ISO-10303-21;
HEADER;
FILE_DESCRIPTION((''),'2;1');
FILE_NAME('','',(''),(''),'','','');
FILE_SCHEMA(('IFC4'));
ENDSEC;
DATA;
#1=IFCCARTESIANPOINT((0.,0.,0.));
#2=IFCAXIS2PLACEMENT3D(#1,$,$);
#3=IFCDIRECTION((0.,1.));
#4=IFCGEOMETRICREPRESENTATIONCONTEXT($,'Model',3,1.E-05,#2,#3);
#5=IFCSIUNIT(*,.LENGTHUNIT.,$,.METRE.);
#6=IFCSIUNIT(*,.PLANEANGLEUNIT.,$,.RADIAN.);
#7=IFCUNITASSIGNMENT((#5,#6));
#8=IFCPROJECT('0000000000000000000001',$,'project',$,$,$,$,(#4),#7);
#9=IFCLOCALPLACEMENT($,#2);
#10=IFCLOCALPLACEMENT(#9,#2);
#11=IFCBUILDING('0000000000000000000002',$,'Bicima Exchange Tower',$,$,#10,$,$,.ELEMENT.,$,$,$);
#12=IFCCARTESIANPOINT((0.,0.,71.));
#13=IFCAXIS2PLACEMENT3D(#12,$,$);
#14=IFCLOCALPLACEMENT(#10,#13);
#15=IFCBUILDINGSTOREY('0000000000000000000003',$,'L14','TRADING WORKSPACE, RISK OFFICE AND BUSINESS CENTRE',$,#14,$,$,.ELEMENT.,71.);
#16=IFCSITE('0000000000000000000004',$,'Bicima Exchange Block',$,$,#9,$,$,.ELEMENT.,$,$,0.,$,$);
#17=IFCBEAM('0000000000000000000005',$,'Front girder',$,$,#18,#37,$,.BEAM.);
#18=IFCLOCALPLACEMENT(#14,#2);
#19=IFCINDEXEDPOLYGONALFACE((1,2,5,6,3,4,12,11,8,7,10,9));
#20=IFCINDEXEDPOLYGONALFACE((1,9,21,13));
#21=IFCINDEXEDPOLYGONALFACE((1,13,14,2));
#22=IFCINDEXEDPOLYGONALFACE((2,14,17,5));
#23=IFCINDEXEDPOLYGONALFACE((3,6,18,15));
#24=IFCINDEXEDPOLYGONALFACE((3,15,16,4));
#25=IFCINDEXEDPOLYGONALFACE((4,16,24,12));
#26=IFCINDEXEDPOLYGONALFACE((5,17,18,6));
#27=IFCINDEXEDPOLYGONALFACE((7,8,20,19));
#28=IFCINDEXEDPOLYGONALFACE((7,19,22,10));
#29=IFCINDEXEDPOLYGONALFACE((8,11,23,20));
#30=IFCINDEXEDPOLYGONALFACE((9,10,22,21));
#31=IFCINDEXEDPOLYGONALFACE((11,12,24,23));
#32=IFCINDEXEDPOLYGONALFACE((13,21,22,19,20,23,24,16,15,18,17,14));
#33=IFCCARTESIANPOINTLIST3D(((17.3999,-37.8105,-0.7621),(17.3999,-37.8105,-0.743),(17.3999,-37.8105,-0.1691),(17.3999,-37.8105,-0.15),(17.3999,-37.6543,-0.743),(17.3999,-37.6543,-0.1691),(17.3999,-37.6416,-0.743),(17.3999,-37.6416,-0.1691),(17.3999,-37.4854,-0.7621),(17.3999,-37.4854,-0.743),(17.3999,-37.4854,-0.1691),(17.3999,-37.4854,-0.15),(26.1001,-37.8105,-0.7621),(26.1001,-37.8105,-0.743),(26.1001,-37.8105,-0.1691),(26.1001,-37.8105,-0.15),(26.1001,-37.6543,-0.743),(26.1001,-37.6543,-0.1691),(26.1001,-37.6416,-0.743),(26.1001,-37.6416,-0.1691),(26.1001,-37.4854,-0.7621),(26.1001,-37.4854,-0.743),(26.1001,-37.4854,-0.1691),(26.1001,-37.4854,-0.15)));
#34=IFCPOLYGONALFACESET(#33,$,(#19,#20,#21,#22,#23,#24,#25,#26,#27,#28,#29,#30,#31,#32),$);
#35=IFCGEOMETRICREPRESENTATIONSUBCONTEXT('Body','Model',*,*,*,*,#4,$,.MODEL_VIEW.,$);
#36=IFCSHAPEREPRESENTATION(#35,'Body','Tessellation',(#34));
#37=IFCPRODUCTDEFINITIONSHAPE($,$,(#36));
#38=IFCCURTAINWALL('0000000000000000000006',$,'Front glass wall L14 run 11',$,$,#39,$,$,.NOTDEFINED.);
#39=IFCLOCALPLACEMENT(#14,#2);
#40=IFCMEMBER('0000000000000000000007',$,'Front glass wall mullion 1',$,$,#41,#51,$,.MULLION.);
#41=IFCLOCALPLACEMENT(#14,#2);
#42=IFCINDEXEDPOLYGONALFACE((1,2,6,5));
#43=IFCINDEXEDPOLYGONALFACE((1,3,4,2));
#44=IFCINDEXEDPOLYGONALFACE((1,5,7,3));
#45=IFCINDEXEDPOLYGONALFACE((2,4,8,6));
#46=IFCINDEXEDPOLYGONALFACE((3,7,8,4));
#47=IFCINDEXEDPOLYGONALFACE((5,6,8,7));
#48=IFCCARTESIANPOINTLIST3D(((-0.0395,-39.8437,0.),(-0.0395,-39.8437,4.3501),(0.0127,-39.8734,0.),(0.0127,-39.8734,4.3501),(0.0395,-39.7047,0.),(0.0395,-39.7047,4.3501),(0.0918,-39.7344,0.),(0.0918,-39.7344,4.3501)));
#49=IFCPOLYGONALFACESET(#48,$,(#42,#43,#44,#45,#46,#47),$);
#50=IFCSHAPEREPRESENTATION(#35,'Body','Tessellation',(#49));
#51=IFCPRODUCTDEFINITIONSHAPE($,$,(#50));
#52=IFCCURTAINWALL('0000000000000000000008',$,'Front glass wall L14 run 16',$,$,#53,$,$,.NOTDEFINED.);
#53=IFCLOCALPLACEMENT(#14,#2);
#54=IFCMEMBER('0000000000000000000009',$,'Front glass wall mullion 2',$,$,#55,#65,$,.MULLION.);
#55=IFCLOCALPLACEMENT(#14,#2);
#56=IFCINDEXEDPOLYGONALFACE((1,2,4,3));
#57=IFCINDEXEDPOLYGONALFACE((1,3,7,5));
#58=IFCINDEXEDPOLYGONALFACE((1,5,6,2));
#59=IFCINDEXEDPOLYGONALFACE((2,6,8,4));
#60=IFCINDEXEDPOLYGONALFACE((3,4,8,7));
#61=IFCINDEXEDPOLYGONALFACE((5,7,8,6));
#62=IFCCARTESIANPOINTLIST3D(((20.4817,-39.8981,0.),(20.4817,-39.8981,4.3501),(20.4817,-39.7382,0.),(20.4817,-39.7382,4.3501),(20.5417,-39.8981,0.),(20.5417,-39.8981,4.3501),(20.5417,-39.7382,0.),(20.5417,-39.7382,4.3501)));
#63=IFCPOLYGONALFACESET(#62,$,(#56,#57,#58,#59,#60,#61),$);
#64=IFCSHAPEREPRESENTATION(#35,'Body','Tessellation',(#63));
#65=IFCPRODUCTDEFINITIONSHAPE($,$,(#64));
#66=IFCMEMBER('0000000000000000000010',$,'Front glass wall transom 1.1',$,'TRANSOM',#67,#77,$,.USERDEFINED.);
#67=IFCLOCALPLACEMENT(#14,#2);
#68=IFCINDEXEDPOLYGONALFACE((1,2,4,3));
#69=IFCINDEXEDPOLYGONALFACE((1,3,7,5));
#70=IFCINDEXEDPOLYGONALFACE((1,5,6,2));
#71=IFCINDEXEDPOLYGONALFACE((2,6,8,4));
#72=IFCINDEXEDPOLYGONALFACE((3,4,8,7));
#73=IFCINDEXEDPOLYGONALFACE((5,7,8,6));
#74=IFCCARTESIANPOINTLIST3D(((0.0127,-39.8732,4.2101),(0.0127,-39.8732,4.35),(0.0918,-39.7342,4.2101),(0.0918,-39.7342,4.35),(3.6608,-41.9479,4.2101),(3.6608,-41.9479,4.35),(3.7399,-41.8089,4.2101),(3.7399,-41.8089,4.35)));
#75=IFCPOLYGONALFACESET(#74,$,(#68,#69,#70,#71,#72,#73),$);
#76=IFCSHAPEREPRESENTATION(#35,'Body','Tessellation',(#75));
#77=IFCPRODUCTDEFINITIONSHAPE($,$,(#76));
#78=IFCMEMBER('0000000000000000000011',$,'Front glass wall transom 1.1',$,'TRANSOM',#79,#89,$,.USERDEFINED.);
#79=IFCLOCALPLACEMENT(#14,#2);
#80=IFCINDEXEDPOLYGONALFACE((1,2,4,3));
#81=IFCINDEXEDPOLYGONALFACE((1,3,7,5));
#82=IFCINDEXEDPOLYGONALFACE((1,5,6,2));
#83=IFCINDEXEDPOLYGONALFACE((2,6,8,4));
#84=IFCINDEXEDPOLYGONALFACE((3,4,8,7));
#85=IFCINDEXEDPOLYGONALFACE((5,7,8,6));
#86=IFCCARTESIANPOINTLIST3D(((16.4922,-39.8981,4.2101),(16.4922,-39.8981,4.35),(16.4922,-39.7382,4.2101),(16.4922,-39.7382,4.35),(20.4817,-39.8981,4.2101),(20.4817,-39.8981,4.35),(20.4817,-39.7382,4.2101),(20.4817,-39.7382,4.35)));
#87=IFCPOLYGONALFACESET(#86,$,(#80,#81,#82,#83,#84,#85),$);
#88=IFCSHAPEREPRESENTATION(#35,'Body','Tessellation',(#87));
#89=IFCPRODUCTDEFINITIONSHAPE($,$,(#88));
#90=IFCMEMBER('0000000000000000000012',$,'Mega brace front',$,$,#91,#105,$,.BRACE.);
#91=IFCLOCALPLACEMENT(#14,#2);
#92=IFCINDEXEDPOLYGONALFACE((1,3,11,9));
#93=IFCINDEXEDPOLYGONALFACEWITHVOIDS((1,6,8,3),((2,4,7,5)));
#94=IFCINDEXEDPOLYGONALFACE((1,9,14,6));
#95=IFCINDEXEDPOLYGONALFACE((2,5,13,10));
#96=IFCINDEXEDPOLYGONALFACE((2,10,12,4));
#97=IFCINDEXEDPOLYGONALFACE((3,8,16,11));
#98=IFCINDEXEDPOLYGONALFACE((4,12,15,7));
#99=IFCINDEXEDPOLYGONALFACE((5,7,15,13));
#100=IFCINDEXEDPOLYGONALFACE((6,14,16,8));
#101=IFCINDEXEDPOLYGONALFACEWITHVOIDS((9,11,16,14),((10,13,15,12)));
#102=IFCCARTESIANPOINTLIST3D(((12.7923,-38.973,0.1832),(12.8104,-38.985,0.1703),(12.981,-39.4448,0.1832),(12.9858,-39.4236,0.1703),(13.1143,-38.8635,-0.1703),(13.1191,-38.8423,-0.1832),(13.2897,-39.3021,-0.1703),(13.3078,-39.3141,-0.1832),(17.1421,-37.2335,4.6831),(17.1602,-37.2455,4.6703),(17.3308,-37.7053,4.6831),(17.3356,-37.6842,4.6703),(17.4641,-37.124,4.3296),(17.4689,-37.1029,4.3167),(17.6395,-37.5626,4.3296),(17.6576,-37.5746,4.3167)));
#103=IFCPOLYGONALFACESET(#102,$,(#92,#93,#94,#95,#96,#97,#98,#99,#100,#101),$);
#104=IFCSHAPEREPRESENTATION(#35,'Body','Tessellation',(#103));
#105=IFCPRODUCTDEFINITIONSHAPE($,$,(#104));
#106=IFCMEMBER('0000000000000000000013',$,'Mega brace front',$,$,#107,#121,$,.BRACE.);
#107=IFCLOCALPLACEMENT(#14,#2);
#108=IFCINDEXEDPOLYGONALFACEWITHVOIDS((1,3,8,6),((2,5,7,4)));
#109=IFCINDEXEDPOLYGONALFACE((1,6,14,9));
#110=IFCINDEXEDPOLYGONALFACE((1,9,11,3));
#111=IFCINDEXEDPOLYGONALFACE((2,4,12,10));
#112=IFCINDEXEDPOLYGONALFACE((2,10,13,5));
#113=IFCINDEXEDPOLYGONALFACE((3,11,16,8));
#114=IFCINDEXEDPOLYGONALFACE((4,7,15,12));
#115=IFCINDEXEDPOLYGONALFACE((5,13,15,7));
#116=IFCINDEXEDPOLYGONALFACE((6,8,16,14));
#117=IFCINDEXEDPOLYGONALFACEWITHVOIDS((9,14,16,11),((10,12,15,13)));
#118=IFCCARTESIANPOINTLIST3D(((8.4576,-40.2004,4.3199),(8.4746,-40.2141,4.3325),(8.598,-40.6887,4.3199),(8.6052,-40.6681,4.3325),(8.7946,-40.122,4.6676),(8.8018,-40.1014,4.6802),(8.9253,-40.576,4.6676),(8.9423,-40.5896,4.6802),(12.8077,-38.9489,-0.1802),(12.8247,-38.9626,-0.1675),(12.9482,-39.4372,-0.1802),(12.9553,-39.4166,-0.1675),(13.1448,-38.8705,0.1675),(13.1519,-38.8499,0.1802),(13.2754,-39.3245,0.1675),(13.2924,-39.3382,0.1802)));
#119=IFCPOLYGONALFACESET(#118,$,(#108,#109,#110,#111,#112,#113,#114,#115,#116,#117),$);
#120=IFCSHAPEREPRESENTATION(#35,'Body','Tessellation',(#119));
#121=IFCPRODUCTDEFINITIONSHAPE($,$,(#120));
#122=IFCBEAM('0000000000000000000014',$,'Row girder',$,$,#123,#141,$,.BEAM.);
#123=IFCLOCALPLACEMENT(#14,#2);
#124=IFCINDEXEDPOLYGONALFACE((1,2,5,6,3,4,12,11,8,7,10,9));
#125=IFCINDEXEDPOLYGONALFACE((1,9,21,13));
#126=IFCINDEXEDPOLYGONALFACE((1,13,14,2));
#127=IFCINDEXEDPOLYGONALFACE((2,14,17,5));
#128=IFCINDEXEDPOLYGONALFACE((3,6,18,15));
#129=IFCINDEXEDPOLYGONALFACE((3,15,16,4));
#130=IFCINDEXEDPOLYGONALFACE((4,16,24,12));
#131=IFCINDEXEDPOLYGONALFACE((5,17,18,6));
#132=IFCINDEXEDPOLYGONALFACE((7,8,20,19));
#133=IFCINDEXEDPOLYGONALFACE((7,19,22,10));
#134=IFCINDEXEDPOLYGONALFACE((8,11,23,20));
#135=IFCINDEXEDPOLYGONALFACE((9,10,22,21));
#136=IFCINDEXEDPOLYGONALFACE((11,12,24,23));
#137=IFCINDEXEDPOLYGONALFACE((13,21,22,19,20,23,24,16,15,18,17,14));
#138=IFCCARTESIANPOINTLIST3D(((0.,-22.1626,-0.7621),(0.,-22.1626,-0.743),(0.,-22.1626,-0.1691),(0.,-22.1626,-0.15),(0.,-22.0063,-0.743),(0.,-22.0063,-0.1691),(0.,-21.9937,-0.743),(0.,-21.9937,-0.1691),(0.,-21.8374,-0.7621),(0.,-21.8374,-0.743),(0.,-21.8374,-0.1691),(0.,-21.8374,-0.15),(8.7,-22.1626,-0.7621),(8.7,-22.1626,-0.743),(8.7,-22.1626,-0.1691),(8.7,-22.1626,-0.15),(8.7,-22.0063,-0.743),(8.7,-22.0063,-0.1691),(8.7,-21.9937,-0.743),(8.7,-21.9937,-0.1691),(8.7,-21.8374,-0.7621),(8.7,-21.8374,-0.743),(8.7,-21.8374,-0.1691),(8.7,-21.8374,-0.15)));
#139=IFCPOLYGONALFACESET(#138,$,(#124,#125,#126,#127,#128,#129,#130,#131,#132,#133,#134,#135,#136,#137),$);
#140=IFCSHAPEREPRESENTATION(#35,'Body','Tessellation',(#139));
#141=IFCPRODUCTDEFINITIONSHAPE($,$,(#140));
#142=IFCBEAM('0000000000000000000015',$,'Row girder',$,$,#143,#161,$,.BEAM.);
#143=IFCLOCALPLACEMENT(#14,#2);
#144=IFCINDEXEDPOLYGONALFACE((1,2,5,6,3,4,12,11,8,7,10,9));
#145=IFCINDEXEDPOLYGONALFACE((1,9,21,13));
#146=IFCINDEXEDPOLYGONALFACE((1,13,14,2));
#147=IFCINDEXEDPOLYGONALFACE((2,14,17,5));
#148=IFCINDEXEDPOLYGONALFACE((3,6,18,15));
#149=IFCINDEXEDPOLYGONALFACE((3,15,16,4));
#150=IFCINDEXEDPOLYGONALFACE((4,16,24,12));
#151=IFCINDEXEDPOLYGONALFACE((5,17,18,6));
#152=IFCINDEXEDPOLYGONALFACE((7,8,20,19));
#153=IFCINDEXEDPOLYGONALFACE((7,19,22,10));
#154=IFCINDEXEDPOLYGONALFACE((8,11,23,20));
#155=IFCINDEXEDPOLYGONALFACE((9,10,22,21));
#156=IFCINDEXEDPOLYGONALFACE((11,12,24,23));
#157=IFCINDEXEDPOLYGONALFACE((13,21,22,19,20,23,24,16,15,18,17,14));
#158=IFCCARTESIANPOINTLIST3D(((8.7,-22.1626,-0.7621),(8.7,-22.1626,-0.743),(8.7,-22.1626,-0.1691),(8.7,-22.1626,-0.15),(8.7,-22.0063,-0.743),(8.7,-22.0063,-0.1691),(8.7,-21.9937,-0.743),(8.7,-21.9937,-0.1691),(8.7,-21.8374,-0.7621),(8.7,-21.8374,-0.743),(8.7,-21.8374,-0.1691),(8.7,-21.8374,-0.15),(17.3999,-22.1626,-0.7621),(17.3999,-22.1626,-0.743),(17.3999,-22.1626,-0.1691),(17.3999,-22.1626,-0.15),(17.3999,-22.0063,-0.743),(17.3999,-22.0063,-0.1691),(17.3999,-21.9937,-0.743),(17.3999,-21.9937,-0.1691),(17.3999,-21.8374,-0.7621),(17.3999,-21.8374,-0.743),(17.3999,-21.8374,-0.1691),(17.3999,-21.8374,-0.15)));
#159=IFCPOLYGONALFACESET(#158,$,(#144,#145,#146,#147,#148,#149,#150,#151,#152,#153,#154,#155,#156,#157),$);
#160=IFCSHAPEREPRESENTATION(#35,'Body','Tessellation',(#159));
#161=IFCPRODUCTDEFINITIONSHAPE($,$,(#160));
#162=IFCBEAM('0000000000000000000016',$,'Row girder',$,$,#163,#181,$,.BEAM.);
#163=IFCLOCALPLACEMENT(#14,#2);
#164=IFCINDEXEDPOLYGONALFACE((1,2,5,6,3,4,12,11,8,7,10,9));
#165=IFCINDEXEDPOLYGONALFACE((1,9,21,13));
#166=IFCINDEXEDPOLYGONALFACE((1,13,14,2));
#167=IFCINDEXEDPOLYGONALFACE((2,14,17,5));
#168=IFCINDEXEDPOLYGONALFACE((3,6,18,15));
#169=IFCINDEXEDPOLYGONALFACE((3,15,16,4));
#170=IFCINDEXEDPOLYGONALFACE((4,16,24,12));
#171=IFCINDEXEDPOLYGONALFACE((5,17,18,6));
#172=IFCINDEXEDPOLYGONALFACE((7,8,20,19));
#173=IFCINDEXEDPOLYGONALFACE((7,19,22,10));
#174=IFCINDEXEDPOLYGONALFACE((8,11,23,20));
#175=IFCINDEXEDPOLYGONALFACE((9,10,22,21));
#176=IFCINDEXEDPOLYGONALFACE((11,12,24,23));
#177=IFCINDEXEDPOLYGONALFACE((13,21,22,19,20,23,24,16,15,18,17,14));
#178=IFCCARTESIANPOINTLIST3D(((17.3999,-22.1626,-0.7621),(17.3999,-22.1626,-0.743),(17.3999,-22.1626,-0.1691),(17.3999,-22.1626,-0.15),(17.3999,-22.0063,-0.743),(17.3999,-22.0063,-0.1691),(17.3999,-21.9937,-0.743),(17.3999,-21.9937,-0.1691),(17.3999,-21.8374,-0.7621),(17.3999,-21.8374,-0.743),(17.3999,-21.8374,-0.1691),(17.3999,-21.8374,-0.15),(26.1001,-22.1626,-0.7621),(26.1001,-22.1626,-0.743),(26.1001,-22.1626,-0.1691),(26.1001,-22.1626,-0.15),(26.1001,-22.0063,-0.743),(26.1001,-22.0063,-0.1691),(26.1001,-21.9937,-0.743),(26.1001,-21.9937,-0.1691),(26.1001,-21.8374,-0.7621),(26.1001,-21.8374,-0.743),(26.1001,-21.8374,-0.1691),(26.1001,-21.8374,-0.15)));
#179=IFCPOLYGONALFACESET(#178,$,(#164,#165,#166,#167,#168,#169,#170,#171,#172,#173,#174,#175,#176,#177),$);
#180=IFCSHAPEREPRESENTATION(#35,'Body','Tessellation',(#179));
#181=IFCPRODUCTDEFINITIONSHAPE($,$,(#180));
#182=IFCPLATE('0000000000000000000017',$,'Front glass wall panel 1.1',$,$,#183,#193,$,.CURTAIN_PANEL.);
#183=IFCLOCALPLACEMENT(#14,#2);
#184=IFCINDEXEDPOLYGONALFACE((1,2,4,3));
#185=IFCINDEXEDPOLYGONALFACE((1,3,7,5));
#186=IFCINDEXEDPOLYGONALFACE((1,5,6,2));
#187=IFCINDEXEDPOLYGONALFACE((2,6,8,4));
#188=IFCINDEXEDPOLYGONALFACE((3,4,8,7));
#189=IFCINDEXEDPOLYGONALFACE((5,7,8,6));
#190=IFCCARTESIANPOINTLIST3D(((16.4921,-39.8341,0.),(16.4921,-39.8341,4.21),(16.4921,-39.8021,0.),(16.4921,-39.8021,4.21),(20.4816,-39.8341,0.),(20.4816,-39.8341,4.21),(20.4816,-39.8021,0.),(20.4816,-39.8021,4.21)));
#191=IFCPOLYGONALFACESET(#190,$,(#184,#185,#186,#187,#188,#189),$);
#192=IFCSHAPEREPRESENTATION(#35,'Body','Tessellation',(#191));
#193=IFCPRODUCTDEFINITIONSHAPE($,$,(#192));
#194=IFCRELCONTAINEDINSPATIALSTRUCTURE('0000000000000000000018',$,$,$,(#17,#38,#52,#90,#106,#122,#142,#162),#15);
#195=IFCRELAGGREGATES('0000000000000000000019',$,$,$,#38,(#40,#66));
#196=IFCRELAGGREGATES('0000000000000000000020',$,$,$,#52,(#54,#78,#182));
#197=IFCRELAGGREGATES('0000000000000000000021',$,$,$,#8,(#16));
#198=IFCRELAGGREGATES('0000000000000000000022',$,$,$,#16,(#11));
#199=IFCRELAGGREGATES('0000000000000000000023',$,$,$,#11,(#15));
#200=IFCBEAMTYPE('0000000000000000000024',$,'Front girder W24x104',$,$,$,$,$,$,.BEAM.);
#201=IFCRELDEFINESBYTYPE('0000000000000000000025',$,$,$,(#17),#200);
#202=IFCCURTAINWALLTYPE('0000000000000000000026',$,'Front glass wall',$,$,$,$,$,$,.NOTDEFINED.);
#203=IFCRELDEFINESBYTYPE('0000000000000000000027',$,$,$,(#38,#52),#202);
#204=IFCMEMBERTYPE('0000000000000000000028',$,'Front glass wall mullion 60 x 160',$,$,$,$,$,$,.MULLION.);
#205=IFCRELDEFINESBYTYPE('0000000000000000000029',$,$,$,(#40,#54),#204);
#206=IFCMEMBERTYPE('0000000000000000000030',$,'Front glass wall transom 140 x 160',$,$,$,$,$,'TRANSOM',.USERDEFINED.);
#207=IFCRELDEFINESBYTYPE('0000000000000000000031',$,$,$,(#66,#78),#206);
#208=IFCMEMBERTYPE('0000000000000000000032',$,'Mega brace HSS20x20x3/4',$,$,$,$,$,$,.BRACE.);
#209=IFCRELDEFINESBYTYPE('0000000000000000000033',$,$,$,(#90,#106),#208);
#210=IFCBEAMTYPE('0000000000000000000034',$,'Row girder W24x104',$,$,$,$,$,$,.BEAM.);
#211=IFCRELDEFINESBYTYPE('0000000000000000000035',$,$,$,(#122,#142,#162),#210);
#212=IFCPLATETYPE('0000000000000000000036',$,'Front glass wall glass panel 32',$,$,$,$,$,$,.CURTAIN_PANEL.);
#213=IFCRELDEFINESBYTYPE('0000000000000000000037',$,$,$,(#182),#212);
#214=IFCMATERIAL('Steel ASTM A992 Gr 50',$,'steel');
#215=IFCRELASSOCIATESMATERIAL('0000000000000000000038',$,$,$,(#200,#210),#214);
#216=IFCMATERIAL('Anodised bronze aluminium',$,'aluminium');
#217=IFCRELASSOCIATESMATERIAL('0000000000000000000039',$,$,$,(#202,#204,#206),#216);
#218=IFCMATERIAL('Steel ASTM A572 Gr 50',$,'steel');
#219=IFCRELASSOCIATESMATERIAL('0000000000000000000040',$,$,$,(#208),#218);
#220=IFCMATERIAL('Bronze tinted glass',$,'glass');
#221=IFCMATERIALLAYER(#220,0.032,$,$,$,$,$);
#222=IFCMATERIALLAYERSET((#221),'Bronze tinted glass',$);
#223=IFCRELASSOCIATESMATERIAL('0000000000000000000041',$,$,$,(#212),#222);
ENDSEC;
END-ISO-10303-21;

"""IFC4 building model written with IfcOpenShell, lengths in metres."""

from ifc_helpers import new_model, si_unit, direction, frame, origin, origin_2d, place, context, subcontext, project, spatial, rectangle, hollow_rectangle, i_section, extrude, material, layer, layer_set, material_profile, profile_set, type_object, element, aggregate, save


model = new_model("IFC4")

# Units and contexts
model_context = context("Model", 3, precision=1e-05, world=origin(), true_north=direction((0.0, 1.0)))
body_context = subcontext(model_context, "Body", "Model", "MODEL_VIEW")
ifc_project = project(units=[si_unit("LENGTHUNIT", "METRE"), si_unit("PLANEANGLEUNIT", "RADIAN")], contexts=[model_context])

# Site, building, storey
site_placement = place(None, origin())
site = spatial("IfcSite", under=ifc_project, at=site_placement, Name="Bicima Exchange Block", CompositionType="ELEMENT", RefElevation=0.0)
building_placement = place(site_placement, origin())
building = spatial("IfcBuilding", under=site, at=building_placement, Name="Bicima Exchange Tower", CompositionType="ELEMENT")
storey_placement = place(building_placement, frame((0.0, 0.0, 71.0)))
storey = spatial("IfcBuildingStorey", under=building, at=storey_placement, Name="L14", Description="TRADING WORKSPACE, RISK OFFICE AND BUSINESS CENTRE", CompositionType="ELEMENT", Elevation=71.0)

# Shared definitions
ifc_material_1 = material(Name="Steel ASTM A992 Gr 50", Category="steel")

# Beam
ifc_material_profile_1 = material_profile(ifc_material_1, i_section(OverallWidth=0.3252, OverallDepth=0.6121, WebThickness=0.0127, FlangeThickness=0.019, at=origin_2d()))
ifc_profile_set_1 = profile_set([ifc_material_profile_1], Name="Steel ASTM A992 Gr 50")
beam_type_1 = type_object("IfcBeamType", Name="Front girder W24x104", PredefinedType="BEAM", material=ifc_profile_set_1)
beam_1_placement = place(storey_placement, frame((17.3999, -37.6479, -0.4561), z_axis=(1.0, 0.0, 0.0), x_axis=(0.0, 1.0, 0.0)))
element("IfcBeam", 1, at=beam_1_placement, inside=storey, type_object=beam_type_1, Name="Front girder", PredefinedType="BEAM", context=body_context, shape_type="SweptSolid", body=[
    extrude(i_section(OverallWidth=0.3252, OverallDepth=0.6121, WebThickness=0.0127, FlangeThickness=0.019, at=origin_2d()), origin(), (0.0, 0.0, 1.0), 8.7002),
])

# Curtain walls, members
ifc_material_2 = material(Name="Anodised bronze aluminium", Category="aluminium")
curtain_wall_type = type_object("IfcCurtainWallType", Name="Front glass wall", PredefinedType="NOTDEFINED", material=ifc_material_2)
curtain_wall_1_placement = place(storey_placement, origin())
curtain_wall_1 = element("IfcCurtainWall", 2, at=curtain_wall_1_placement, inside=storey, type_object=curtain_wall_type, Name="Front glass wall L14 run 11", PredefinedType="NOTDEFINED")
ifc_material_profile_2 = material_profile(ifc_material_2, rectangle(XDim=0.1599, YDim=0.0601, at=origin_2d()))
ifc_profile_set_2 = profile_set([ifc_material_profile_2], Name="Anodised bronze aluminium")
member_type_1 = type_object("IfcMemberType", Name="Front glass wall mullion 60 x 160", PredefinedType="MULLION", material=ifc_profile_set_2)
member_1_placement = place(storey_placement, frame((0.0261, -39.7891, 0.0), z_axis=(0.0, 0.0, 1.0), x_axis=(0.49433, 0.869274, 0.0)))
member_1 = element("IfcMember", 3, at=member_1_placement, type_object=member_type_1, Name="Front glass wall mullion 1", PredefinedType="MULLION", context=body_context, shape_type="SweptSolid", body=[
    extrude(rectangle(XDim=0.1599, YDim=0.0601, at=origin_2d()), origin(), (0.0, 0.0, 1.0), 4.3501),
])
curtain_wall_2_placement = place(storey_placement, origin())
curtain_wall_2 = element("IfcCurtainWall", 4, at=curtain_wall_2_placement, inside=storey, type_object=curtain_wall_type, Name="Front glass wall L14 run 16", PredefinedType="NOTDEFINED")
member_2_placement = place(storey_placement, frame((20.5117, -39.8181, 0.0), z_axis=(0.0, 0.0, 1.0), x_axis=(0.0, 1.0, 0.0)))
member_2 = element("IfcMember", 5, at=member_2_placement, type_object=member_type_1, Name="Front glass wall mullion 2", PredefinedType="MULLION", context=body_context, shape_type="SweptSolid", body=[
    extrude(rectangle(XDim=0.1599, YDim=0.0601, at=origin_2d()), origin(), (0.0, 0.0, 1.0), 4.3501),
])

# Members
ifc_material_profile_3 = material_profile(ifc_material_2, rectangle(XDim=0.1599, YDim=0.1399, at=origin_2d()))
ifc_profile_set_3 = profile_set([ifc_material_profile_3], Name="Anodised bronze aluminium")
member_type_2 = type_object("IfcMemberType", Name="Front glass wall transom 140 x 160", ElementType="TRANSOM", PredefinedType="USERDEFINED", material=ifc_profile_set_3)
member_3_placement = place(storey_placement, frame((0.0522, -39.8037, 4.28), z_axis=(0.869265, -0.494346, 0.0), x_axis=(0.494346, 0.869265, 0.0)))
member_3 = element("IfcMember", 6, at=member_3_placement, type_object=member_type_2, Name="Front glass wall transom 1.1", ObjectType="TRANSOM", PredefinedType="USERDEFINED", context=body_context, shape_type="SweptSolid", body=[
    extrude(rectangle(XDim=0.1599, YDim=0.1399, at=origin_2d()), origin(), (0.0, 0.0, 1.0), 4.1968),
])
aggregate(curtain_wall_1, [member_1, member_3])
member_4_placement = place(storey_placement, frame((16.4922, -39.8181, 4.28), z_axis=(1.0, 0.0, 0.0), x_axis=(0.0, 1.0, 0.0)))
member_4 = element("IfcMember", 7, at=member_4_placement, type_object=member_type_2, Name="Front glass wall transom 1.1", ObjectType="TRANSOM", PredefinedType="USERDEFINED", context=body_context, shape_type="SweptSolid", body=[
    extrude(rectangle(XDim=0.1599, YDim=0.1399, at=origin_2d()), origin(), (0.0, 0.0, 1.0), 3.9895),
])

# Members
ifc_material_3 = material(Name="Steel ASTM A572 Gr 50", Category="steel")
ifc_material_profile_4 = material_profile(ifc_material_3, hollow_rectangle(XDim=0.5081, YDim=0.5081, WallThickness=0.0178, at=origin_2d()))
ifc_profile_set_4 = profile_set([ifc_material_profile_4], Name="Steel ASTM A572 Gr 50")
member_type_3 = type_object("IfcMemberType", Name="Mega brace HSS20x20x3/4", PredefinedType="BRACE", material=ifc_profile_set_4)
member_5_placement = place(storey_placement, frame((13.05, -39.1436, 0.0), z_axis=(0.669628, 0.267783, 0.692742), x_axis=(-0.37131, 0.928509, 0.0)))
element("IfcMember", 8, at=member_5_placement, inside=storey, type_object=member_type_3, Name="Mega brace front", PredefinedType="BRACE", context=body_context, shape_type="SweptSolid", body=[
    extrude(hollow_rectangle(XDim=0.5081, YDim=0.5081, WallThickness=0.0178, at=origin_2d()), origin(), (0.0, 0.0, 1.0), 6.4958),
])
member_6_placement = place(storey_placement, frame((13.05, -39.1436, 0.0), z_axis=(-0.68154, -0.19607, 0.705025), x_axis=(0.276473, -0.961022, 0.0)))
element("IfcMember", 9, at=member_6_placement, inside=storey, type_object=member_type_3, Name="Mega brace front", PredefinedType="BRACE", context=body_context, shape_type="SweptSolid", body=[
    extrude(hollow_rectangle(XDim=0.5081, YDim=0.5081, WallThickness=0.0178, at=origin_2d()), origin(), (0.0, 0.0, 1.0), 6.3828),
])

# Beams
beam_type_2 = type_object("IfcBeamType", Name="Row girder W24x104", PredefinedType="BEAM", material=ifc_profile_set_1)
for number, where, z_axis, x_axis, name in (
    (10, (0.0, -22.0, -0.4561), (1.0, 0.0, 0.0), (0.0, 1.0, 0.0), "Row girder"),
    (11, (8.7, -22.0, -0.4561), (1.0, 0.0, 0.0), (0.0, 1.0, 0.0), "Row girder"),
):
    element("IfcBeam", number, at=place(storey_placement, frame(where, z_axis=z_axis, x_axis=x_axis)), inside=storey, type_object=beam_type_2, Name=name, PredefinedType="BEAM", context=body_context, shape_type="SweptSolid", body=[
        extrude(i_section(OverallWidth=0.3252, OverallDepth=0.6121, WebThickness=0.0127, FlangeThickness=0.019, at=origin_2d()), origin(), (0.0, 0.0, 1.0), 8.7),
    ])
beam_2_placement = place(storey_placement, frame((17.3999, -22.0, -0.4561), z_axis=(1.0, 0.0, 0.0), x_axis=(0.0, 1.0, 0.0)))
element("IfcBeam", 12, at=beam_2_placement, inside=storey, type_object=beam_type_2, Name="Row girder", PredefinedType="BEAM", context=body_context, shape_type="SweptSolid", body=[
    extrude(i_section(OverallWidth=0.3252, OverallDepth=0.6121, WebThickness=0.0127, FlangeThickness=0.019, at=origin_2d()), origin(), (0.0, 0.0, 1.0), 8.7002),
])

# Plate
ifc_material_4 = material(Name="Bronze tinted glass", Category="glass")
ifc_layer_1 = layer(ifc_material_4, 0.032)
ifc_layer_set_1 = layer_set([ifc_layer_1], Name="Bronze tinted glass")
plate_type = type_object("IfcPlateType", Name="Front glass wall glass panel 32", PredefinedType="CURTAIN_PANEL", material=ifc_layer_set_1)
plate_placement = place(storey_placement, frame((18.4868, -39.8181, 0.0), z_axis=(0.0, 0.0, 1.0), x_axis=(1.0, 0.0, 0.0)))
plate = element("IfcPlate", 13, at=plate_placement, type_object=plate_type, Name="Front glass wall panel 1.1", PredefinedType="CURTAIN_PANEL", context=body_context, shape_type="SweptSolid", body=[
    extrude(rectangle(XDim=3.9895, YDim=0.032, at=origin_2d()), origin(), (0.0, 0.0, 1.0), 4.21),
])
aggregate(curtain_wall_2, [member_2, member_4, plate])

save(model, "model.ifc")
